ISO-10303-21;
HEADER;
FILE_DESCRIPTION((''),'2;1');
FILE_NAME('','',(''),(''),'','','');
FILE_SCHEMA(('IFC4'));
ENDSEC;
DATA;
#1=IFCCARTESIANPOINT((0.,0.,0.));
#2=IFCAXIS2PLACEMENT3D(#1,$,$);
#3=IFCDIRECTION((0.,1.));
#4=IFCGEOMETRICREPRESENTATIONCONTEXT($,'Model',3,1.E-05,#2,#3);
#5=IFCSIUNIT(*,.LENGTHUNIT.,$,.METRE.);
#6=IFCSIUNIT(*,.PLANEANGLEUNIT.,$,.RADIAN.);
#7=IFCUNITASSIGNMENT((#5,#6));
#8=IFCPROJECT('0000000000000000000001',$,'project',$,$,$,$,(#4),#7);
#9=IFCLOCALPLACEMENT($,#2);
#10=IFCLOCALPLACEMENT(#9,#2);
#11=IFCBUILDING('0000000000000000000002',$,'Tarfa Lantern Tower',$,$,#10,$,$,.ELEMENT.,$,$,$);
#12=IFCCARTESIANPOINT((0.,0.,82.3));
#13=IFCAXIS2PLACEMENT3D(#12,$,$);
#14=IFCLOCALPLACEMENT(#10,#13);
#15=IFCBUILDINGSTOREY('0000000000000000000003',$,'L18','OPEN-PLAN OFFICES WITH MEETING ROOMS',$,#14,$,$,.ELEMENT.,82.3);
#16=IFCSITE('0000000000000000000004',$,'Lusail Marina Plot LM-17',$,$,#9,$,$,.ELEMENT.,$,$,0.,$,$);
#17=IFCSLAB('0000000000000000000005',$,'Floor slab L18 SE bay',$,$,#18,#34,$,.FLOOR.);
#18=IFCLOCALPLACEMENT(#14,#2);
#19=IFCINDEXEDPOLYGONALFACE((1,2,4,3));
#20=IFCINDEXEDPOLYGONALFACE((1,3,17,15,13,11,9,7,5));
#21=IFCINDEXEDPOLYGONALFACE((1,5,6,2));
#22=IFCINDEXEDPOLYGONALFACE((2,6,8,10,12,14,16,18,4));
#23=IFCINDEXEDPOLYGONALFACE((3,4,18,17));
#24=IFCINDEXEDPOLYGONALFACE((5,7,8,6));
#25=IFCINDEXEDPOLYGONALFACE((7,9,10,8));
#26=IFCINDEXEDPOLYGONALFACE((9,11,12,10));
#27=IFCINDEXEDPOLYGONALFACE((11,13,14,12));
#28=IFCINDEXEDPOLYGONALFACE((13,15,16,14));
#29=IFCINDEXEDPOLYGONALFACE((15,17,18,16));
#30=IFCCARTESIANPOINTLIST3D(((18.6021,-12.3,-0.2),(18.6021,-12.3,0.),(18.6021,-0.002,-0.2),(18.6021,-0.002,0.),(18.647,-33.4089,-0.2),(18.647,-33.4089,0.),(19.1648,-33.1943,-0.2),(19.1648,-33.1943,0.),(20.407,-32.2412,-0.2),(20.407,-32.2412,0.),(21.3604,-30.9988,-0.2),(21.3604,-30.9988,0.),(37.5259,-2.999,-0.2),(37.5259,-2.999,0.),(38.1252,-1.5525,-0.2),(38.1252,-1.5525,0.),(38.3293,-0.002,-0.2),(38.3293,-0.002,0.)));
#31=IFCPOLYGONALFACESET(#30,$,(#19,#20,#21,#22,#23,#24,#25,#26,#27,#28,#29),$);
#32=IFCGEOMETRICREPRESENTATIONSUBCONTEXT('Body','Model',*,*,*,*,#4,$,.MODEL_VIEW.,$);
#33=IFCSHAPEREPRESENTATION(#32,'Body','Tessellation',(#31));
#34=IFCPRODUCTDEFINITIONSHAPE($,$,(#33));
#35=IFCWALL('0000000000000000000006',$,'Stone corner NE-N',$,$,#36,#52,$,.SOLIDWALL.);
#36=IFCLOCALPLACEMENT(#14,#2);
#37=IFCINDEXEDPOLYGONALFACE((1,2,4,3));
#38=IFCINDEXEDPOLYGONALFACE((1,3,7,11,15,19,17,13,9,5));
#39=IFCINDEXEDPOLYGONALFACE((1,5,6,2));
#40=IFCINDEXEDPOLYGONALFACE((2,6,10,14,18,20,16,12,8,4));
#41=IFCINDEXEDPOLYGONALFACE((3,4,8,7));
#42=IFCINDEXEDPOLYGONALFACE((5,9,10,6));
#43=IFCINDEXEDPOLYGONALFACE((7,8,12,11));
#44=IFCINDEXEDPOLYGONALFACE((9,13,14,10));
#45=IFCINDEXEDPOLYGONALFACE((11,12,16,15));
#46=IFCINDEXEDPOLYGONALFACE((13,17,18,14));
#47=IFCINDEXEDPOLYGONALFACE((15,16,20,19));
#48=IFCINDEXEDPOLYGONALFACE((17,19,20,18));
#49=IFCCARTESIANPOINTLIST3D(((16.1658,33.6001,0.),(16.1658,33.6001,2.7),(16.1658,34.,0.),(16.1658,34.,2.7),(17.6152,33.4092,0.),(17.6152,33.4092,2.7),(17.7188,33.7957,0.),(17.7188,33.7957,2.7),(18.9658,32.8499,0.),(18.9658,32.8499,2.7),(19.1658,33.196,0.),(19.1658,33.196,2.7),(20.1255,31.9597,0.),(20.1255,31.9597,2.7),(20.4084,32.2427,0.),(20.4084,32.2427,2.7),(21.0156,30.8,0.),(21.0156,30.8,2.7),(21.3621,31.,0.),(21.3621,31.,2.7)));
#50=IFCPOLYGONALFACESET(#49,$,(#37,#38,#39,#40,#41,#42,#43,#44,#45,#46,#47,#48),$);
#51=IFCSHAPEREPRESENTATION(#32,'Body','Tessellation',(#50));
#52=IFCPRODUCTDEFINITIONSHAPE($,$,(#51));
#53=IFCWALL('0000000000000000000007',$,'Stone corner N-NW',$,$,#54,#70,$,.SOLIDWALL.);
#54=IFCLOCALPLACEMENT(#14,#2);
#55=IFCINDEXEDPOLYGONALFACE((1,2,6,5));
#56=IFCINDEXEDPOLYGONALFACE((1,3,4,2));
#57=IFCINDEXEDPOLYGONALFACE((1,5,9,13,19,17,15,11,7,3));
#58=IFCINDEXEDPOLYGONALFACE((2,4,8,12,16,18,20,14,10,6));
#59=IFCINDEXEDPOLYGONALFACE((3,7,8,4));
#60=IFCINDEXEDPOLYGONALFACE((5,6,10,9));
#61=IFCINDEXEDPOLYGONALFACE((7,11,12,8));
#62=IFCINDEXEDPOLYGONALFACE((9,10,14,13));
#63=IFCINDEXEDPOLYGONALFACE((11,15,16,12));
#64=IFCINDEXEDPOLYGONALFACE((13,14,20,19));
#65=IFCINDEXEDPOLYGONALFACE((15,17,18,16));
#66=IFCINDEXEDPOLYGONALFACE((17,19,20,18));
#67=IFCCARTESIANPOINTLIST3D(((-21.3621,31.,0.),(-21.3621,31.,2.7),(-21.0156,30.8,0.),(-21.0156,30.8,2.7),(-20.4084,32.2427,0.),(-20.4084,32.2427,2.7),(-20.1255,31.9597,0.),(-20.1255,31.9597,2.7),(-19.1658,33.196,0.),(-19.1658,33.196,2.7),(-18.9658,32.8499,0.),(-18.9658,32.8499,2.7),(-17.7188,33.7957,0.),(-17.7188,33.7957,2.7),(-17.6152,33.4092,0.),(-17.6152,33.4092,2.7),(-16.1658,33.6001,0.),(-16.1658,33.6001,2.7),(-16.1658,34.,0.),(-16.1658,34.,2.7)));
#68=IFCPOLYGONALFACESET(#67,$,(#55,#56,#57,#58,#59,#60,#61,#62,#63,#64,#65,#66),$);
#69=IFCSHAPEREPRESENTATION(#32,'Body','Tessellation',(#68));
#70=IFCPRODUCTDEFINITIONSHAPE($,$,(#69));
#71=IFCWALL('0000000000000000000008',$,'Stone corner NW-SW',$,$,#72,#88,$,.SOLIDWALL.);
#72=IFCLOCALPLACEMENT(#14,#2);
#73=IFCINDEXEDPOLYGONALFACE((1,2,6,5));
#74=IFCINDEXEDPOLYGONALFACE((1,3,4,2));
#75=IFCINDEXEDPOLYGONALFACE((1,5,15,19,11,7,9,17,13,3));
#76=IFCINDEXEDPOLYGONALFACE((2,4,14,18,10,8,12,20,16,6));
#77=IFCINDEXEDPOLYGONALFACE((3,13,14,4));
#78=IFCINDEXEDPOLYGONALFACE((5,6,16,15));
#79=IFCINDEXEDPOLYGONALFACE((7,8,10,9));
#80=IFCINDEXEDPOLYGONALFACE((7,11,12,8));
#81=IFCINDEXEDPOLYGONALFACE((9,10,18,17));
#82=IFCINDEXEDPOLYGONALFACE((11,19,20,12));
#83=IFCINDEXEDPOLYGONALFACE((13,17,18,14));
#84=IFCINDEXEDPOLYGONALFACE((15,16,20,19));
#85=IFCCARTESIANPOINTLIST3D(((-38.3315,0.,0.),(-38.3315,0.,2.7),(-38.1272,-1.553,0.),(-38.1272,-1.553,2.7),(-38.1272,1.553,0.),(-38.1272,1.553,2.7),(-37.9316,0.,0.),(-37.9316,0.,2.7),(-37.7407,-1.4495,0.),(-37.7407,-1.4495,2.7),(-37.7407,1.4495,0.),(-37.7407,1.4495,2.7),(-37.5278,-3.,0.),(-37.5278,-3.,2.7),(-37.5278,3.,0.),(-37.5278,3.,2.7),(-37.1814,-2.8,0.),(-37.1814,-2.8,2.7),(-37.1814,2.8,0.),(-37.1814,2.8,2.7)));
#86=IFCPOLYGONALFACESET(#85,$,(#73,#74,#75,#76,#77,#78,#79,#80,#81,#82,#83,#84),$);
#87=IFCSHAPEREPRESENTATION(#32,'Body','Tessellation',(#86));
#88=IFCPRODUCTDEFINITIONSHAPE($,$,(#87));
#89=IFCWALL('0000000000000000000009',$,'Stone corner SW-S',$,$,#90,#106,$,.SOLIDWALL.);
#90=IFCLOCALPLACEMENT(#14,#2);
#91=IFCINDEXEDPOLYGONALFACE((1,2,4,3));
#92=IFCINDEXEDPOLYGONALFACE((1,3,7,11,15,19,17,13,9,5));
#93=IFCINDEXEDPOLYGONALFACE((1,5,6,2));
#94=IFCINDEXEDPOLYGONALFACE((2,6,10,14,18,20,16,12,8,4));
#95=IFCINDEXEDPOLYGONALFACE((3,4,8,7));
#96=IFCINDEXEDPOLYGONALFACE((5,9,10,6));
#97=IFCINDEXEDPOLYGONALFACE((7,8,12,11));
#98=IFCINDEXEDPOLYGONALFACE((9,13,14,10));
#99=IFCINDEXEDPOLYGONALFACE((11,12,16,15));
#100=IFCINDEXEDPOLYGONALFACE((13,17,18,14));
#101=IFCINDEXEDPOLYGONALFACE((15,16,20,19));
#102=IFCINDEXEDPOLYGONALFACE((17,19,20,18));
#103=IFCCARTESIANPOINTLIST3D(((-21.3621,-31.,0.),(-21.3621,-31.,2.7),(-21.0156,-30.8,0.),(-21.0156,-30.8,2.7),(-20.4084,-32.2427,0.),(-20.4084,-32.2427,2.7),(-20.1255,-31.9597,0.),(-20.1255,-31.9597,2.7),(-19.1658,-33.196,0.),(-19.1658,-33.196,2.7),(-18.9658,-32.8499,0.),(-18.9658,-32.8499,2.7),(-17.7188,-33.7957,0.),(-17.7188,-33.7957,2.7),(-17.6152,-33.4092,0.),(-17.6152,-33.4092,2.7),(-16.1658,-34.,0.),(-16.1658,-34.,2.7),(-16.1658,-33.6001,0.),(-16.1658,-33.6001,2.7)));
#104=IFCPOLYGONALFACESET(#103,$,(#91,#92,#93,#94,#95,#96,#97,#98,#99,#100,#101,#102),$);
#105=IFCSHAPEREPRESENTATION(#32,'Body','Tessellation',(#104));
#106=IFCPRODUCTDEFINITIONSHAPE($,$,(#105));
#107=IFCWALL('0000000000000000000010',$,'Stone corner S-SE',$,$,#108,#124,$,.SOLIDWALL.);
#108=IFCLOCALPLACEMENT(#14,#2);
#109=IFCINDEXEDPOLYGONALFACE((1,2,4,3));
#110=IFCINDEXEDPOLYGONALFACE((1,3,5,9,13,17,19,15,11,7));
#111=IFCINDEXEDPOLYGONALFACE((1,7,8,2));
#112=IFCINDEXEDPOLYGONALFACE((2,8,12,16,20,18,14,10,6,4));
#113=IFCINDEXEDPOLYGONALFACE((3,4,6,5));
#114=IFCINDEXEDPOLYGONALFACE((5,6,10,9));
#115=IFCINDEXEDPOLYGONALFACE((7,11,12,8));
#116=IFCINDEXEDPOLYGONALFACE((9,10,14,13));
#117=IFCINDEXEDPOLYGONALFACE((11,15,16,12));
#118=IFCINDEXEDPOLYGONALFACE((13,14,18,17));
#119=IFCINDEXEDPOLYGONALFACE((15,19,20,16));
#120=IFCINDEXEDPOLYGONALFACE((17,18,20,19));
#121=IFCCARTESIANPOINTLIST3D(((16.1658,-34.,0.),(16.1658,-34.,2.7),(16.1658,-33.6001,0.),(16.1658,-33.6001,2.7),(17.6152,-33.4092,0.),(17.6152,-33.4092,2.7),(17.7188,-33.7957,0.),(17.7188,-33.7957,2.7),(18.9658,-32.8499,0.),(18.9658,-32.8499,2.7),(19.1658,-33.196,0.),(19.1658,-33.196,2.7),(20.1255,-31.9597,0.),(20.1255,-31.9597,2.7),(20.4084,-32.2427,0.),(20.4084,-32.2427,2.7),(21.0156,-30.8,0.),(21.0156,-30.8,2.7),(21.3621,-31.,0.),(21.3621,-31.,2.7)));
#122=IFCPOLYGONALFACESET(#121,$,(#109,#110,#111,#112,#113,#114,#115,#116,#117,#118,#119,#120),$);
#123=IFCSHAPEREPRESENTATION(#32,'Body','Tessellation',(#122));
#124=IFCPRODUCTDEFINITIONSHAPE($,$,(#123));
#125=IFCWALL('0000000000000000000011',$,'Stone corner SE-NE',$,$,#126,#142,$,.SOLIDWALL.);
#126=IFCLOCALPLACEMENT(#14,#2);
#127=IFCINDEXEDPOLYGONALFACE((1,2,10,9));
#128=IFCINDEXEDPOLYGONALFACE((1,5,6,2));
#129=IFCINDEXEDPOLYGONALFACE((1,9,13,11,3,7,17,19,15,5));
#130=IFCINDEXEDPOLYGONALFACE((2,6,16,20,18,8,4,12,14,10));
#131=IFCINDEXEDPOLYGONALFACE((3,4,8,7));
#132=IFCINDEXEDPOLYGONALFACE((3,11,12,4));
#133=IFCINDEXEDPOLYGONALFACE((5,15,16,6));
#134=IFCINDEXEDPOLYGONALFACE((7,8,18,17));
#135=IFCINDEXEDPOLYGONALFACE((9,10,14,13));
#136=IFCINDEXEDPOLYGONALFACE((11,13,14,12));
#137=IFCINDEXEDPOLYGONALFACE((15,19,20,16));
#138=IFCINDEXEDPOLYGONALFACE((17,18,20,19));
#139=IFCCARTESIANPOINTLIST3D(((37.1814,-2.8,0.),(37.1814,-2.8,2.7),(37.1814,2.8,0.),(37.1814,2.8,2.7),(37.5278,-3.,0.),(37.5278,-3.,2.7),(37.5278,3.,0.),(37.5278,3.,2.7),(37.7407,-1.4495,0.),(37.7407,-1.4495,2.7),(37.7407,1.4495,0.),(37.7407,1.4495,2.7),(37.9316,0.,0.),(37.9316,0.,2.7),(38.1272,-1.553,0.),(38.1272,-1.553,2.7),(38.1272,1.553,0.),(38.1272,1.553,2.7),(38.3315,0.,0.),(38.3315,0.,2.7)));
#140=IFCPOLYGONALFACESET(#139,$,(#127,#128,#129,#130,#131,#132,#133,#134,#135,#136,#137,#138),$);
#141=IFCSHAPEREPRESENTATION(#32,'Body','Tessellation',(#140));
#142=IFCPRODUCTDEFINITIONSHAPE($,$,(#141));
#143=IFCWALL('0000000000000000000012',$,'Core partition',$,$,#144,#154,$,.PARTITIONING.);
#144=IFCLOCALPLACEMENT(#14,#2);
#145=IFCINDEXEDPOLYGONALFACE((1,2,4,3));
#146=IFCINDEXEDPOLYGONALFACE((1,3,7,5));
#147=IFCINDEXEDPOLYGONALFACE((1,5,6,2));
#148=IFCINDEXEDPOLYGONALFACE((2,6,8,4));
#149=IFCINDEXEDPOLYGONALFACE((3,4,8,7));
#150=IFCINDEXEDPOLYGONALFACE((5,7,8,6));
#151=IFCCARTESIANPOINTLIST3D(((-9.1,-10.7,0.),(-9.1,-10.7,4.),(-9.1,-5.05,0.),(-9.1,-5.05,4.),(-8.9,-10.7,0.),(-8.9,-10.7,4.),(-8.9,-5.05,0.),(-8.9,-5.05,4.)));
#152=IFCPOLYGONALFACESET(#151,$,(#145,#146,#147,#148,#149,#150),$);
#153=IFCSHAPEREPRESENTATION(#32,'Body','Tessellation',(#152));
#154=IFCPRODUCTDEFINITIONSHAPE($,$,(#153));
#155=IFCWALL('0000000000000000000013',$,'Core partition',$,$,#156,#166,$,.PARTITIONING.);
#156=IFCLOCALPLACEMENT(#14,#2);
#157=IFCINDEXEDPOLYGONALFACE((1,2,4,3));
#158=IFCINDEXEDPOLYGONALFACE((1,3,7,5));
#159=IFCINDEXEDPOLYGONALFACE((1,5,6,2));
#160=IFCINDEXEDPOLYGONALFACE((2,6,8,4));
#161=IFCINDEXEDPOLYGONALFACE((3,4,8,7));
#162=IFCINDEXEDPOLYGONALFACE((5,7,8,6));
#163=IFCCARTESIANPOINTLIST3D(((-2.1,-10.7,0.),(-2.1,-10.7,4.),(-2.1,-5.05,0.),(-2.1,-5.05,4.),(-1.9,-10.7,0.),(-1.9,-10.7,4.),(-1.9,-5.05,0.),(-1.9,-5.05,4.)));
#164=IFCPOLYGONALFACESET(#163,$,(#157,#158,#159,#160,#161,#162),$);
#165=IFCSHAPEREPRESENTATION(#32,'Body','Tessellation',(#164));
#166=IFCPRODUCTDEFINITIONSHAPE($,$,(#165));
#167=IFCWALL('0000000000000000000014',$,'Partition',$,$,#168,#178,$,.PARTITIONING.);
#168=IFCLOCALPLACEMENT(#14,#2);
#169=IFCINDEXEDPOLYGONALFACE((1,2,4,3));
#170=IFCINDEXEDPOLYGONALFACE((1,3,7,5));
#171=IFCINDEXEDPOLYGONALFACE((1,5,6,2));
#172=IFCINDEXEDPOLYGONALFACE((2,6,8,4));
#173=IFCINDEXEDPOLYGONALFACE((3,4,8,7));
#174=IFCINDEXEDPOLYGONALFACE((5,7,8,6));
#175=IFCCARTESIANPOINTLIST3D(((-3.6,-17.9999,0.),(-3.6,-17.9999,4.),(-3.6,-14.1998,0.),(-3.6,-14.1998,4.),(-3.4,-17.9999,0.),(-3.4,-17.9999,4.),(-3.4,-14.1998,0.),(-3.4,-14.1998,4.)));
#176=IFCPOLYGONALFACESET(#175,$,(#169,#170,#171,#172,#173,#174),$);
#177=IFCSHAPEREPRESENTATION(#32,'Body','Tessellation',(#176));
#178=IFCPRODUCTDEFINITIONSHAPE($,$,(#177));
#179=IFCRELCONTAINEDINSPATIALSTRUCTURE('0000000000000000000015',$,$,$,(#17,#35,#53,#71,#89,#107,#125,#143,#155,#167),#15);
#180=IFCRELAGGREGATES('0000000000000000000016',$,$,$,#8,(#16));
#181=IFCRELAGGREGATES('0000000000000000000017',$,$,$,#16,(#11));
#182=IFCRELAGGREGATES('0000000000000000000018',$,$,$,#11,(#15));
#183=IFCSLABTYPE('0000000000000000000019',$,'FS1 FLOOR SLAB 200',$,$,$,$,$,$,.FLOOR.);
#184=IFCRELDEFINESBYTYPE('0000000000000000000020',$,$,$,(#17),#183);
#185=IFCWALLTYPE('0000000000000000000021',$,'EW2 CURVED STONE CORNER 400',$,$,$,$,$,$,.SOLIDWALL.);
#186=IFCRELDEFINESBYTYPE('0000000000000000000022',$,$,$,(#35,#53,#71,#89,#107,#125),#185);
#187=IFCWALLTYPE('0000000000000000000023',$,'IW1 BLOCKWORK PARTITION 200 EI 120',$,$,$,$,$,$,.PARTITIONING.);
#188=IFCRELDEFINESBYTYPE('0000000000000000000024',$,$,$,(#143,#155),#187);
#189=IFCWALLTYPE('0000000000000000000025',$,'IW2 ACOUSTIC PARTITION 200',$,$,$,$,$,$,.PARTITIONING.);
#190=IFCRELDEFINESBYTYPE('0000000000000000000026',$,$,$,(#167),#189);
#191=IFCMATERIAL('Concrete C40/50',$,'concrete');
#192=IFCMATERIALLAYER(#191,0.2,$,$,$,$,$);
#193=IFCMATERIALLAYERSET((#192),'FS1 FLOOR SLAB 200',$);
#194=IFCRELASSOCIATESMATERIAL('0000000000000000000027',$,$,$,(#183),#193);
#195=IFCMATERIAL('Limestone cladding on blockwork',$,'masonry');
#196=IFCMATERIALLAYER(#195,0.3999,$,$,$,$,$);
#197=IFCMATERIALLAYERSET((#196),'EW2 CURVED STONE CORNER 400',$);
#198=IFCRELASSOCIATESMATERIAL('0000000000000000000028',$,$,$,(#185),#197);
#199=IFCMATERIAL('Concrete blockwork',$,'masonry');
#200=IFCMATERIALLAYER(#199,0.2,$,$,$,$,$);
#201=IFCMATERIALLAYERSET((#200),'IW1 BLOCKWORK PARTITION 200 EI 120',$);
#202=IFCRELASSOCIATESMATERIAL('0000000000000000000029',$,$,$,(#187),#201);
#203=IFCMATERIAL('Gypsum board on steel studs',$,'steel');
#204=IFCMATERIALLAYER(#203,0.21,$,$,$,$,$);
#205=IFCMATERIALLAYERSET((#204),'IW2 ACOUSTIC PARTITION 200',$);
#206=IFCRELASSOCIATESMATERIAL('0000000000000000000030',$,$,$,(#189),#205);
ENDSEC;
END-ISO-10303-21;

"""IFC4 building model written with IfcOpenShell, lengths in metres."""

from ifc_helpers import new_model, si_unit, direction, frame, frame_2d, origin, place, context, subcontext, project, spatial, polyline, rectangle, outline, extrude, material, layer, layer_set, type_object, element, save


model = new_model("IFC4")

# Units and contexts
model_context = context("Model", 3, precision=1e-05, world=origin(), true_north=direction((0.0, 1.0)))
body_context = subcontext(model_context, "Body", "Model", "MODEL_VIEW")
ifc_project = project(units=[si_unit("LENGTHUNIT", "METRE"), si_unit("PLANEANGLEUNIT", "RADIAN")], contexts=[model_context])

# Site, building, storey
site_placement = place(None, origin())
site = spatial("IfcSite", under=ifc_project, at=site_placement, Name="Lusail Marina Plot LM-17", CompositionType="ELEMENT", RefElevation=0.0)
building_placement = place(site_placement, origin())
building = spatial("IfcBuilding", under=site, at=building_placement, Name="Tarfa Lantern Tower", CompositionType="ELEMENT")
storey_placement = place(building_placement, frame((0.0, 0.0, 82.3)))
storey = spatial("IfcBuildingStorey", under=building, at=storey_placement, Name="L18", Description="OPEN-PLAN OFFICES WITH MEETING ROOMS", CompositionType="ELEMENT", Elevation=82.3)

# Slab
ifc_material_1 = material(Name="Concrete C40/50", Category="concrete")
ifc_layer_1 = layer(ifc_material_1, 0.2)
ifc_layer_set_1 = layer_set([ifc_layer_1], Name="FS1 FLOOR SLAB 200")
slab_type_1 = type_object("IfcSlabType", Name="FS1 FLOOR SLAB 200", PredefinedType="FLOOR", material=ifc_layer_set_1)
slab_1_placement = place(storey_placement, frame((0.0, 0.0, -0.2)))
element("IfcSlab", 1, at=slab_1_placement, inside=storey, type_object=slab_type_1, Name="Floor slab L18 SE bay", PredefinedType="FLOOR", context=body_context, shape_type="SweptSolid", body=[
    extrude(outline(polyline([(18.6021, -0.002), (18.6021, -12.3), (18.647, -33.4089), (19.1648, -33.1943), (20.407, -32.2412), (21.3604, -30.9988), (37.5259, -2.999), (38.1252, -1.5525), (38.3293, -0.002), (18.6021, -0.002)])), origin(), (0.0, 0.0, 1.0), 0.2),
])

# Walls
ifc_material_2 = material(Name="Limestone cladding on blockwork", Category="masonry")
ifc_layer_2 = layer(ifc_material_2, 0.3999)
ifc_layer_set_2 = layer_set([ifc_layer_2], Name="EW2 CURVED STONE CORNER 400")
wall_type_1 = type_object("IfcWallType", Name="EW2 CURVED STONE CORNER 400", PredefinedType="SOLIDWALL", material=ifc_layer_set_2)
wall_1_placement = place(storey_placement, origin())
element("IfcWall", 2, at=wall_1_placement, inside=storey, type_object=wall_type_1, Name="Stone corner NE-N", PredefinedType="SOLIDWALL", context=body_context, shape_type="SweptSolid", body=[
    extrude(outline(polyline([(21.3621, 31.0), (20.4084, 32.2427), (19.1658, 33.196), (17.7188, 33.7957), (16.1658, 34.0), (16.1658, 33.6001), (17.6152, 33.4092), (18.9658, 32.8499), (20.1255, 31.9597), (21.0156, 30.8), (21.3621, 31.0)])), origin(), (0.0, 0.0, 1.0), 2.7),
])
wall_2_placement = place(storey_placement, origin())
element("IfcWall", 3, at=wall_2_placement, inside=storey, type_object=wall_type_1, Name="Stone corner N-NW", PredefinedType="SOLIDWALL", context=body_context, shape_type="SweptSolid", body=[
    extrude(outline(polyline([(-16.1658, 34.0), (-17.7188, 33.7957), (-19.1658, 33.196), (-20.4084, 32.2427), (-21.3621, 31.0), (-21.0156, 30.8), (-20.1255, 31.9597), (-18.9658, 32.8499), (-17.6152, 33.4092), (-16.1658, 33.6001), (-16.1658, 34.0)])), origin(), (0.0, 0.0, 1.0), 2.7),
])
wall_3_placement = place(storey_placement, origin())
element("IfcWall", 4, at=wall_3_placement, inside=storey, type_object=wall_type_1, Name="Stone corner NW-SW", PredefinedType="SOLIDWALL", context=body_context, shape_type="SweptSolid", body=[
    extrude(outline(polyline([(-37.5278, 3.0), (-38.1272, 1.553), (-38.3315, 0.0), (-38.1272, -1.553), (-37.5278, -3.0), (-37.1814, -2.8), (-37.7407, -1.4495), (-37.9316, 0.0), (-37.7407, 1.4495), (-37.1814, 2.8), (-37.5278, 3.0)])), origin(), (0.0, 0.0, 1.0), 2.7),
])
wall_4_placement = place(storey_placement, origin())
element("IfcWall", 5, at=wall_4_placement, inside=storey, type_object=wall_type_1, Name="Stone corner SW-S", PredefinedType="SOLIDWALL", context=body_context, shape_type="SweptSolid", body=[
    extrude(outline(polyline([(-21.3621, -31.0), (-20.4084, -32.2427), (-19.1658, -33.196), (-17.7188, -33.7957), (-16.1658, -34.0), (-16.1658, -33.6001), (-17.6152, -33.4092), (-18.9658, -32.8499), (-20.1255, -31.9597), (-21.0156, -30.8), (-21.3621, -31.0)])), origin(), (0.0, 0.0, 1.0), 2.7),
])
wall_5_placement = place(storey_placement, origin())
element("IfcWall", 6, at=wall_5_placement, inside=storey, type_object=wall_type_1, Name="Stone corner S-SE", PredefinedType="SOLIDWALL", context=body_context, shape_type="SweptSolid", body=[
    extrude(outline(polyline([(16.1658, -34.0), (17.7188, -33.7957), (19.1658, -33.196), (20.4084, -32.2427), (21.3621, -31.0), (21.0156, -30.8), (20.1255, -31.9597), (18.9658, -32.8499), (17.6152, -33.4092), (16.1658, -33.6001), (16.1658, -34.0)])), origin(), (0.0, 0.0, 1.0), 2.7),
])
wall_6_placement = place(storey_placement, origin())
element("IfcWall", 7, at=wall_6_placement, inside=storey, type_object=wall_type_1, Name="Stone corner SE-NE", PredefinedType="SOLIDWALL", context=body_context, shape_type="SweptSolid", body=[
    extrude(outline(polyline([(37.5278, -3.0), (38.1272, -1.553), (38.3315, 0.0), (38.1272, 1.553), (37.5278, 3.0), (37.1814, 2.8), (37.7407, 1.4495), (37.9316, 0.0), (37.7407, -1.4495), (37.1814, -2.8), (37.5278, -3.0)])), origin(), (0.0, 0.0, 1.0), 2.7),
])
ifc_material_3 = material(Name="Concrete blockwork", Category="masonry")
ifc_layer_3 = layer(ifc_material_3, 0.2)
ifc_layer_set_3 = layer_set([ifc_layer_3], Name="IW1 BLOCKWORK PARTITION 200 EI 120")
wall_type_2 = type_object("IfcWallType", Name="IW1 BLOCKWORK PARTITION 200 EI 120", PredefinedType="PARTITIONING", material=ifc_layer_set_3)
for number, where, z_axis, x_axis, name in (
    (8, (-9.0, -5.05, 0.0), (0.0, 0.0, 1.0), (0.0, -1.0, 0.0), "Core partition"),
    (9, (-2.0, -5.05, 0.0), (0.0, 0.0, 1.0), (0.0, -1.0, 0.0), "Core partition"),
):
    element("IfcWall", number, at=place(storey_placement, frame(where, z_axis=z_axis, x_axis=x_axis)), inside=storey, type_object=wall_type_2, Name=name, PredefinedType="PARTITIONING", context=body_context, shape_type="SweptSolid", body=[
        extrude(rectangle(XDim=5.6499, YDim=0.2, at=frame_2d((2.825, 0.0))), origin(), (0.0, 0.0, 1.0), 4.0),
    ])
ifc_material_4 = material(Name="Gypsum board on steel studs", Category="steel")
ifc_layer_4 = layer(ifc_material_4, 0.21)
ifc_layer_set_4 = layer_set([ifc_layer_4], Name="IW2 ACOUSTIC PARTITION 200")
wall_type_3 = type_object("IfcWallType", Name="IW2 ACOUSTIC PARTITION 200", PredefinedType="PARTITIONING", material=ifc_layer_set_4)
wall_7_placement = place(storey_placement, frame((-3.5, -14.2, 0.0), z_axis=(0.0, 0.0, 1.0), x_axis=(0.0, -1.0, 0.0)))
element("IfcWall", 10, at=wall_7_placement, inside=storey, type_object=wall_type_3, Name="Partition", PredefinedType="PARTITIONING", context=body_context, shape_type="SweptSolid", body=[
    extrude(rectangle(XDim=3.8, YDim=0.2, at=frame_2d((1.8999, 0.0))), origin(), (0.0, 0.0, 1.0), 4.0),
])

save(model, "model.ifc")
